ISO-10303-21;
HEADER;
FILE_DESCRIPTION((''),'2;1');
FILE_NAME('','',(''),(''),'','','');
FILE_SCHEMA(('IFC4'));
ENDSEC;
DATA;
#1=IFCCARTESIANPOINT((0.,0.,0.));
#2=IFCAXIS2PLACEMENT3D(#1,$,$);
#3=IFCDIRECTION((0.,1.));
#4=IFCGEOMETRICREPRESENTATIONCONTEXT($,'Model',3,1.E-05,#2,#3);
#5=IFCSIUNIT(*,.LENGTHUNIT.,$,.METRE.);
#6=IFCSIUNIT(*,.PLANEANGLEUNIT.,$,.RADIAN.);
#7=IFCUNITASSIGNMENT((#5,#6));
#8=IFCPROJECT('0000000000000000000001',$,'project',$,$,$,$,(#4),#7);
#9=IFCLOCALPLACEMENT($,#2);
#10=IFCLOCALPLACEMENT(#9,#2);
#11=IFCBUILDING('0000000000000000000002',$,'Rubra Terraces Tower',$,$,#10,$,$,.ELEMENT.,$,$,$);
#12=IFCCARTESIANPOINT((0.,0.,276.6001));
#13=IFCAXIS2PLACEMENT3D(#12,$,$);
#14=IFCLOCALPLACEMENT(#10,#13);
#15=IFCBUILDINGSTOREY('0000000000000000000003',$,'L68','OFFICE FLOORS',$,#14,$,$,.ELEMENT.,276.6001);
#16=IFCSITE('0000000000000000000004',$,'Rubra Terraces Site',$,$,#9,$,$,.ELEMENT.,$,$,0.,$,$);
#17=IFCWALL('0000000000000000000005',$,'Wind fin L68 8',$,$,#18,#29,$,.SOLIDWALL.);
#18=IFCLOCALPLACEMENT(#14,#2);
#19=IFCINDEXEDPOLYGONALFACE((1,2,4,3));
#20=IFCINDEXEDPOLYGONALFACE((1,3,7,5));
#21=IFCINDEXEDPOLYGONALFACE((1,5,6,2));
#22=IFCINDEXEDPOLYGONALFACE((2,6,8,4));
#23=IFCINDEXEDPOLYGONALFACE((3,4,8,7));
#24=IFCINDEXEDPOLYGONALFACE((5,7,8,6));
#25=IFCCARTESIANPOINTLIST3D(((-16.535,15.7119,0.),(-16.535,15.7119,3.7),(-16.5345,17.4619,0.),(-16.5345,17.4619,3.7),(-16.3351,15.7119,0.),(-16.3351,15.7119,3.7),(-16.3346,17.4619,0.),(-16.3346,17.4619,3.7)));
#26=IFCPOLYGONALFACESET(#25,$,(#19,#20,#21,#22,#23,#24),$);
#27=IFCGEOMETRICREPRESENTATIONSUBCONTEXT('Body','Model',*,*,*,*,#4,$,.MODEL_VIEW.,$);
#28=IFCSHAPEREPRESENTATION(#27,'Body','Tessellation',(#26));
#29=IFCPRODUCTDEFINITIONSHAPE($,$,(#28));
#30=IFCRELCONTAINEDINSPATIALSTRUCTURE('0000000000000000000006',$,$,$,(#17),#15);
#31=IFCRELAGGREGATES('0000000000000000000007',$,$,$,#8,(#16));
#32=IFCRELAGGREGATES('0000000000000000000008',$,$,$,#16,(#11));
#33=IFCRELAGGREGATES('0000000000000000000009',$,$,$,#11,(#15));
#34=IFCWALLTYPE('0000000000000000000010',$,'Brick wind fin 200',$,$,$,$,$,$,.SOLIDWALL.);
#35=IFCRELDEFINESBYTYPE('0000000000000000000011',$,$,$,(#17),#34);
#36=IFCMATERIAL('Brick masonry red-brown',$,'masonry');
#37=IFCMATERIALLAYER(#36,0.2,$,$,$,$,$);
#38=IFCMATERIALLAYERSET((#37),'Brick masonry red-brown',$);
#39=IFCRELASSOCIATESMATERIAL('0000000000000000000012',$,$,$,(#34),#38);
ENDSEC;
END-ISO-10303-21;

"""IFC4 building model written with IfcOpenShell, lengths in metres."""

from ifc_helpers import new_model, si_unit, direction, frame, frame_2d, origin, place, context, subcontext, project, spatial, rectangle, extrude, material, layer, layer_set, type_object, element, save


model = new_model("IFC4")

# Units and contexts
model_context = context("Model", 3, precision=1e-05, world=origin(), true_north=direction((0.0, 1.0)))
body_context = subcontext(model_context, "Body", "Model", "MODEL_VIEW")
ifc_project = project(units=[si_unit("LENGTHUNIT", "METRE"), si_unit("PLANEANGLEUNIT", "RADIAN")], contexts=[model_context])

# Site, building, storey
site_placement = place(None, origin())
site = spatial("IfcSite", under=ifc_project, at=site_placement, Name="Rubra Terraces Site", CompositionType="ELEMENT", RefElevation=0.0)
building_placement = place(site_placement, origin())
building = spatial("IfcBuilding", under=site, at=building_placement, Name="Rubra Terraces Tower", CompositionType="ELEMENT")
storey_placement = place(building_placement, frame((0.0, 0.0, 276.6001)))
storey = spatial("IfcBuildingStorey", under=building, at=storey_placement, Name="L68", Description="OFFICE FLOORS", CompositionType="ELEMENT", Elevation=276.6001)

# Shared definitions
ifc_material_1 = material(Name="Brick masonry red-brown", Category="masonry")

# Wall
ifc_layer_1 = layer(ifc_material_1, 0.2)
ifc_layer_set_1 = layer_set([ifc_layer_1], Name="Brick masonry red-brown")
wall_type_1 = type_object("IfcWallType", Name="Brick wind fin 200", PredefinedType="SOLIDWALL", material=ifc_layer_set_1)
wall_1_placement = place(storey_placement, frame((-16.4351, 15.7119, 0.0), z_axis=(0.0, 0.0, 1.0), x_axis=(0.000279, 1.0, 0.0)))
element("IfcWall", 1, at=wall_1_placement, inside=storey, type_object=wall_type_1, Name="Wind fin L68 8", PredefinedType="SOLIDWALL", context=body_context, shape_type="SweptSolid", body=[
    extrude(rectangle(XDim=1.75, YDim=0.2, at=frame_2d((0.875, 0.0))), origin(), (0.0, 0.0, 1.0), 3.7),
])

save(model, "model.ifc")
